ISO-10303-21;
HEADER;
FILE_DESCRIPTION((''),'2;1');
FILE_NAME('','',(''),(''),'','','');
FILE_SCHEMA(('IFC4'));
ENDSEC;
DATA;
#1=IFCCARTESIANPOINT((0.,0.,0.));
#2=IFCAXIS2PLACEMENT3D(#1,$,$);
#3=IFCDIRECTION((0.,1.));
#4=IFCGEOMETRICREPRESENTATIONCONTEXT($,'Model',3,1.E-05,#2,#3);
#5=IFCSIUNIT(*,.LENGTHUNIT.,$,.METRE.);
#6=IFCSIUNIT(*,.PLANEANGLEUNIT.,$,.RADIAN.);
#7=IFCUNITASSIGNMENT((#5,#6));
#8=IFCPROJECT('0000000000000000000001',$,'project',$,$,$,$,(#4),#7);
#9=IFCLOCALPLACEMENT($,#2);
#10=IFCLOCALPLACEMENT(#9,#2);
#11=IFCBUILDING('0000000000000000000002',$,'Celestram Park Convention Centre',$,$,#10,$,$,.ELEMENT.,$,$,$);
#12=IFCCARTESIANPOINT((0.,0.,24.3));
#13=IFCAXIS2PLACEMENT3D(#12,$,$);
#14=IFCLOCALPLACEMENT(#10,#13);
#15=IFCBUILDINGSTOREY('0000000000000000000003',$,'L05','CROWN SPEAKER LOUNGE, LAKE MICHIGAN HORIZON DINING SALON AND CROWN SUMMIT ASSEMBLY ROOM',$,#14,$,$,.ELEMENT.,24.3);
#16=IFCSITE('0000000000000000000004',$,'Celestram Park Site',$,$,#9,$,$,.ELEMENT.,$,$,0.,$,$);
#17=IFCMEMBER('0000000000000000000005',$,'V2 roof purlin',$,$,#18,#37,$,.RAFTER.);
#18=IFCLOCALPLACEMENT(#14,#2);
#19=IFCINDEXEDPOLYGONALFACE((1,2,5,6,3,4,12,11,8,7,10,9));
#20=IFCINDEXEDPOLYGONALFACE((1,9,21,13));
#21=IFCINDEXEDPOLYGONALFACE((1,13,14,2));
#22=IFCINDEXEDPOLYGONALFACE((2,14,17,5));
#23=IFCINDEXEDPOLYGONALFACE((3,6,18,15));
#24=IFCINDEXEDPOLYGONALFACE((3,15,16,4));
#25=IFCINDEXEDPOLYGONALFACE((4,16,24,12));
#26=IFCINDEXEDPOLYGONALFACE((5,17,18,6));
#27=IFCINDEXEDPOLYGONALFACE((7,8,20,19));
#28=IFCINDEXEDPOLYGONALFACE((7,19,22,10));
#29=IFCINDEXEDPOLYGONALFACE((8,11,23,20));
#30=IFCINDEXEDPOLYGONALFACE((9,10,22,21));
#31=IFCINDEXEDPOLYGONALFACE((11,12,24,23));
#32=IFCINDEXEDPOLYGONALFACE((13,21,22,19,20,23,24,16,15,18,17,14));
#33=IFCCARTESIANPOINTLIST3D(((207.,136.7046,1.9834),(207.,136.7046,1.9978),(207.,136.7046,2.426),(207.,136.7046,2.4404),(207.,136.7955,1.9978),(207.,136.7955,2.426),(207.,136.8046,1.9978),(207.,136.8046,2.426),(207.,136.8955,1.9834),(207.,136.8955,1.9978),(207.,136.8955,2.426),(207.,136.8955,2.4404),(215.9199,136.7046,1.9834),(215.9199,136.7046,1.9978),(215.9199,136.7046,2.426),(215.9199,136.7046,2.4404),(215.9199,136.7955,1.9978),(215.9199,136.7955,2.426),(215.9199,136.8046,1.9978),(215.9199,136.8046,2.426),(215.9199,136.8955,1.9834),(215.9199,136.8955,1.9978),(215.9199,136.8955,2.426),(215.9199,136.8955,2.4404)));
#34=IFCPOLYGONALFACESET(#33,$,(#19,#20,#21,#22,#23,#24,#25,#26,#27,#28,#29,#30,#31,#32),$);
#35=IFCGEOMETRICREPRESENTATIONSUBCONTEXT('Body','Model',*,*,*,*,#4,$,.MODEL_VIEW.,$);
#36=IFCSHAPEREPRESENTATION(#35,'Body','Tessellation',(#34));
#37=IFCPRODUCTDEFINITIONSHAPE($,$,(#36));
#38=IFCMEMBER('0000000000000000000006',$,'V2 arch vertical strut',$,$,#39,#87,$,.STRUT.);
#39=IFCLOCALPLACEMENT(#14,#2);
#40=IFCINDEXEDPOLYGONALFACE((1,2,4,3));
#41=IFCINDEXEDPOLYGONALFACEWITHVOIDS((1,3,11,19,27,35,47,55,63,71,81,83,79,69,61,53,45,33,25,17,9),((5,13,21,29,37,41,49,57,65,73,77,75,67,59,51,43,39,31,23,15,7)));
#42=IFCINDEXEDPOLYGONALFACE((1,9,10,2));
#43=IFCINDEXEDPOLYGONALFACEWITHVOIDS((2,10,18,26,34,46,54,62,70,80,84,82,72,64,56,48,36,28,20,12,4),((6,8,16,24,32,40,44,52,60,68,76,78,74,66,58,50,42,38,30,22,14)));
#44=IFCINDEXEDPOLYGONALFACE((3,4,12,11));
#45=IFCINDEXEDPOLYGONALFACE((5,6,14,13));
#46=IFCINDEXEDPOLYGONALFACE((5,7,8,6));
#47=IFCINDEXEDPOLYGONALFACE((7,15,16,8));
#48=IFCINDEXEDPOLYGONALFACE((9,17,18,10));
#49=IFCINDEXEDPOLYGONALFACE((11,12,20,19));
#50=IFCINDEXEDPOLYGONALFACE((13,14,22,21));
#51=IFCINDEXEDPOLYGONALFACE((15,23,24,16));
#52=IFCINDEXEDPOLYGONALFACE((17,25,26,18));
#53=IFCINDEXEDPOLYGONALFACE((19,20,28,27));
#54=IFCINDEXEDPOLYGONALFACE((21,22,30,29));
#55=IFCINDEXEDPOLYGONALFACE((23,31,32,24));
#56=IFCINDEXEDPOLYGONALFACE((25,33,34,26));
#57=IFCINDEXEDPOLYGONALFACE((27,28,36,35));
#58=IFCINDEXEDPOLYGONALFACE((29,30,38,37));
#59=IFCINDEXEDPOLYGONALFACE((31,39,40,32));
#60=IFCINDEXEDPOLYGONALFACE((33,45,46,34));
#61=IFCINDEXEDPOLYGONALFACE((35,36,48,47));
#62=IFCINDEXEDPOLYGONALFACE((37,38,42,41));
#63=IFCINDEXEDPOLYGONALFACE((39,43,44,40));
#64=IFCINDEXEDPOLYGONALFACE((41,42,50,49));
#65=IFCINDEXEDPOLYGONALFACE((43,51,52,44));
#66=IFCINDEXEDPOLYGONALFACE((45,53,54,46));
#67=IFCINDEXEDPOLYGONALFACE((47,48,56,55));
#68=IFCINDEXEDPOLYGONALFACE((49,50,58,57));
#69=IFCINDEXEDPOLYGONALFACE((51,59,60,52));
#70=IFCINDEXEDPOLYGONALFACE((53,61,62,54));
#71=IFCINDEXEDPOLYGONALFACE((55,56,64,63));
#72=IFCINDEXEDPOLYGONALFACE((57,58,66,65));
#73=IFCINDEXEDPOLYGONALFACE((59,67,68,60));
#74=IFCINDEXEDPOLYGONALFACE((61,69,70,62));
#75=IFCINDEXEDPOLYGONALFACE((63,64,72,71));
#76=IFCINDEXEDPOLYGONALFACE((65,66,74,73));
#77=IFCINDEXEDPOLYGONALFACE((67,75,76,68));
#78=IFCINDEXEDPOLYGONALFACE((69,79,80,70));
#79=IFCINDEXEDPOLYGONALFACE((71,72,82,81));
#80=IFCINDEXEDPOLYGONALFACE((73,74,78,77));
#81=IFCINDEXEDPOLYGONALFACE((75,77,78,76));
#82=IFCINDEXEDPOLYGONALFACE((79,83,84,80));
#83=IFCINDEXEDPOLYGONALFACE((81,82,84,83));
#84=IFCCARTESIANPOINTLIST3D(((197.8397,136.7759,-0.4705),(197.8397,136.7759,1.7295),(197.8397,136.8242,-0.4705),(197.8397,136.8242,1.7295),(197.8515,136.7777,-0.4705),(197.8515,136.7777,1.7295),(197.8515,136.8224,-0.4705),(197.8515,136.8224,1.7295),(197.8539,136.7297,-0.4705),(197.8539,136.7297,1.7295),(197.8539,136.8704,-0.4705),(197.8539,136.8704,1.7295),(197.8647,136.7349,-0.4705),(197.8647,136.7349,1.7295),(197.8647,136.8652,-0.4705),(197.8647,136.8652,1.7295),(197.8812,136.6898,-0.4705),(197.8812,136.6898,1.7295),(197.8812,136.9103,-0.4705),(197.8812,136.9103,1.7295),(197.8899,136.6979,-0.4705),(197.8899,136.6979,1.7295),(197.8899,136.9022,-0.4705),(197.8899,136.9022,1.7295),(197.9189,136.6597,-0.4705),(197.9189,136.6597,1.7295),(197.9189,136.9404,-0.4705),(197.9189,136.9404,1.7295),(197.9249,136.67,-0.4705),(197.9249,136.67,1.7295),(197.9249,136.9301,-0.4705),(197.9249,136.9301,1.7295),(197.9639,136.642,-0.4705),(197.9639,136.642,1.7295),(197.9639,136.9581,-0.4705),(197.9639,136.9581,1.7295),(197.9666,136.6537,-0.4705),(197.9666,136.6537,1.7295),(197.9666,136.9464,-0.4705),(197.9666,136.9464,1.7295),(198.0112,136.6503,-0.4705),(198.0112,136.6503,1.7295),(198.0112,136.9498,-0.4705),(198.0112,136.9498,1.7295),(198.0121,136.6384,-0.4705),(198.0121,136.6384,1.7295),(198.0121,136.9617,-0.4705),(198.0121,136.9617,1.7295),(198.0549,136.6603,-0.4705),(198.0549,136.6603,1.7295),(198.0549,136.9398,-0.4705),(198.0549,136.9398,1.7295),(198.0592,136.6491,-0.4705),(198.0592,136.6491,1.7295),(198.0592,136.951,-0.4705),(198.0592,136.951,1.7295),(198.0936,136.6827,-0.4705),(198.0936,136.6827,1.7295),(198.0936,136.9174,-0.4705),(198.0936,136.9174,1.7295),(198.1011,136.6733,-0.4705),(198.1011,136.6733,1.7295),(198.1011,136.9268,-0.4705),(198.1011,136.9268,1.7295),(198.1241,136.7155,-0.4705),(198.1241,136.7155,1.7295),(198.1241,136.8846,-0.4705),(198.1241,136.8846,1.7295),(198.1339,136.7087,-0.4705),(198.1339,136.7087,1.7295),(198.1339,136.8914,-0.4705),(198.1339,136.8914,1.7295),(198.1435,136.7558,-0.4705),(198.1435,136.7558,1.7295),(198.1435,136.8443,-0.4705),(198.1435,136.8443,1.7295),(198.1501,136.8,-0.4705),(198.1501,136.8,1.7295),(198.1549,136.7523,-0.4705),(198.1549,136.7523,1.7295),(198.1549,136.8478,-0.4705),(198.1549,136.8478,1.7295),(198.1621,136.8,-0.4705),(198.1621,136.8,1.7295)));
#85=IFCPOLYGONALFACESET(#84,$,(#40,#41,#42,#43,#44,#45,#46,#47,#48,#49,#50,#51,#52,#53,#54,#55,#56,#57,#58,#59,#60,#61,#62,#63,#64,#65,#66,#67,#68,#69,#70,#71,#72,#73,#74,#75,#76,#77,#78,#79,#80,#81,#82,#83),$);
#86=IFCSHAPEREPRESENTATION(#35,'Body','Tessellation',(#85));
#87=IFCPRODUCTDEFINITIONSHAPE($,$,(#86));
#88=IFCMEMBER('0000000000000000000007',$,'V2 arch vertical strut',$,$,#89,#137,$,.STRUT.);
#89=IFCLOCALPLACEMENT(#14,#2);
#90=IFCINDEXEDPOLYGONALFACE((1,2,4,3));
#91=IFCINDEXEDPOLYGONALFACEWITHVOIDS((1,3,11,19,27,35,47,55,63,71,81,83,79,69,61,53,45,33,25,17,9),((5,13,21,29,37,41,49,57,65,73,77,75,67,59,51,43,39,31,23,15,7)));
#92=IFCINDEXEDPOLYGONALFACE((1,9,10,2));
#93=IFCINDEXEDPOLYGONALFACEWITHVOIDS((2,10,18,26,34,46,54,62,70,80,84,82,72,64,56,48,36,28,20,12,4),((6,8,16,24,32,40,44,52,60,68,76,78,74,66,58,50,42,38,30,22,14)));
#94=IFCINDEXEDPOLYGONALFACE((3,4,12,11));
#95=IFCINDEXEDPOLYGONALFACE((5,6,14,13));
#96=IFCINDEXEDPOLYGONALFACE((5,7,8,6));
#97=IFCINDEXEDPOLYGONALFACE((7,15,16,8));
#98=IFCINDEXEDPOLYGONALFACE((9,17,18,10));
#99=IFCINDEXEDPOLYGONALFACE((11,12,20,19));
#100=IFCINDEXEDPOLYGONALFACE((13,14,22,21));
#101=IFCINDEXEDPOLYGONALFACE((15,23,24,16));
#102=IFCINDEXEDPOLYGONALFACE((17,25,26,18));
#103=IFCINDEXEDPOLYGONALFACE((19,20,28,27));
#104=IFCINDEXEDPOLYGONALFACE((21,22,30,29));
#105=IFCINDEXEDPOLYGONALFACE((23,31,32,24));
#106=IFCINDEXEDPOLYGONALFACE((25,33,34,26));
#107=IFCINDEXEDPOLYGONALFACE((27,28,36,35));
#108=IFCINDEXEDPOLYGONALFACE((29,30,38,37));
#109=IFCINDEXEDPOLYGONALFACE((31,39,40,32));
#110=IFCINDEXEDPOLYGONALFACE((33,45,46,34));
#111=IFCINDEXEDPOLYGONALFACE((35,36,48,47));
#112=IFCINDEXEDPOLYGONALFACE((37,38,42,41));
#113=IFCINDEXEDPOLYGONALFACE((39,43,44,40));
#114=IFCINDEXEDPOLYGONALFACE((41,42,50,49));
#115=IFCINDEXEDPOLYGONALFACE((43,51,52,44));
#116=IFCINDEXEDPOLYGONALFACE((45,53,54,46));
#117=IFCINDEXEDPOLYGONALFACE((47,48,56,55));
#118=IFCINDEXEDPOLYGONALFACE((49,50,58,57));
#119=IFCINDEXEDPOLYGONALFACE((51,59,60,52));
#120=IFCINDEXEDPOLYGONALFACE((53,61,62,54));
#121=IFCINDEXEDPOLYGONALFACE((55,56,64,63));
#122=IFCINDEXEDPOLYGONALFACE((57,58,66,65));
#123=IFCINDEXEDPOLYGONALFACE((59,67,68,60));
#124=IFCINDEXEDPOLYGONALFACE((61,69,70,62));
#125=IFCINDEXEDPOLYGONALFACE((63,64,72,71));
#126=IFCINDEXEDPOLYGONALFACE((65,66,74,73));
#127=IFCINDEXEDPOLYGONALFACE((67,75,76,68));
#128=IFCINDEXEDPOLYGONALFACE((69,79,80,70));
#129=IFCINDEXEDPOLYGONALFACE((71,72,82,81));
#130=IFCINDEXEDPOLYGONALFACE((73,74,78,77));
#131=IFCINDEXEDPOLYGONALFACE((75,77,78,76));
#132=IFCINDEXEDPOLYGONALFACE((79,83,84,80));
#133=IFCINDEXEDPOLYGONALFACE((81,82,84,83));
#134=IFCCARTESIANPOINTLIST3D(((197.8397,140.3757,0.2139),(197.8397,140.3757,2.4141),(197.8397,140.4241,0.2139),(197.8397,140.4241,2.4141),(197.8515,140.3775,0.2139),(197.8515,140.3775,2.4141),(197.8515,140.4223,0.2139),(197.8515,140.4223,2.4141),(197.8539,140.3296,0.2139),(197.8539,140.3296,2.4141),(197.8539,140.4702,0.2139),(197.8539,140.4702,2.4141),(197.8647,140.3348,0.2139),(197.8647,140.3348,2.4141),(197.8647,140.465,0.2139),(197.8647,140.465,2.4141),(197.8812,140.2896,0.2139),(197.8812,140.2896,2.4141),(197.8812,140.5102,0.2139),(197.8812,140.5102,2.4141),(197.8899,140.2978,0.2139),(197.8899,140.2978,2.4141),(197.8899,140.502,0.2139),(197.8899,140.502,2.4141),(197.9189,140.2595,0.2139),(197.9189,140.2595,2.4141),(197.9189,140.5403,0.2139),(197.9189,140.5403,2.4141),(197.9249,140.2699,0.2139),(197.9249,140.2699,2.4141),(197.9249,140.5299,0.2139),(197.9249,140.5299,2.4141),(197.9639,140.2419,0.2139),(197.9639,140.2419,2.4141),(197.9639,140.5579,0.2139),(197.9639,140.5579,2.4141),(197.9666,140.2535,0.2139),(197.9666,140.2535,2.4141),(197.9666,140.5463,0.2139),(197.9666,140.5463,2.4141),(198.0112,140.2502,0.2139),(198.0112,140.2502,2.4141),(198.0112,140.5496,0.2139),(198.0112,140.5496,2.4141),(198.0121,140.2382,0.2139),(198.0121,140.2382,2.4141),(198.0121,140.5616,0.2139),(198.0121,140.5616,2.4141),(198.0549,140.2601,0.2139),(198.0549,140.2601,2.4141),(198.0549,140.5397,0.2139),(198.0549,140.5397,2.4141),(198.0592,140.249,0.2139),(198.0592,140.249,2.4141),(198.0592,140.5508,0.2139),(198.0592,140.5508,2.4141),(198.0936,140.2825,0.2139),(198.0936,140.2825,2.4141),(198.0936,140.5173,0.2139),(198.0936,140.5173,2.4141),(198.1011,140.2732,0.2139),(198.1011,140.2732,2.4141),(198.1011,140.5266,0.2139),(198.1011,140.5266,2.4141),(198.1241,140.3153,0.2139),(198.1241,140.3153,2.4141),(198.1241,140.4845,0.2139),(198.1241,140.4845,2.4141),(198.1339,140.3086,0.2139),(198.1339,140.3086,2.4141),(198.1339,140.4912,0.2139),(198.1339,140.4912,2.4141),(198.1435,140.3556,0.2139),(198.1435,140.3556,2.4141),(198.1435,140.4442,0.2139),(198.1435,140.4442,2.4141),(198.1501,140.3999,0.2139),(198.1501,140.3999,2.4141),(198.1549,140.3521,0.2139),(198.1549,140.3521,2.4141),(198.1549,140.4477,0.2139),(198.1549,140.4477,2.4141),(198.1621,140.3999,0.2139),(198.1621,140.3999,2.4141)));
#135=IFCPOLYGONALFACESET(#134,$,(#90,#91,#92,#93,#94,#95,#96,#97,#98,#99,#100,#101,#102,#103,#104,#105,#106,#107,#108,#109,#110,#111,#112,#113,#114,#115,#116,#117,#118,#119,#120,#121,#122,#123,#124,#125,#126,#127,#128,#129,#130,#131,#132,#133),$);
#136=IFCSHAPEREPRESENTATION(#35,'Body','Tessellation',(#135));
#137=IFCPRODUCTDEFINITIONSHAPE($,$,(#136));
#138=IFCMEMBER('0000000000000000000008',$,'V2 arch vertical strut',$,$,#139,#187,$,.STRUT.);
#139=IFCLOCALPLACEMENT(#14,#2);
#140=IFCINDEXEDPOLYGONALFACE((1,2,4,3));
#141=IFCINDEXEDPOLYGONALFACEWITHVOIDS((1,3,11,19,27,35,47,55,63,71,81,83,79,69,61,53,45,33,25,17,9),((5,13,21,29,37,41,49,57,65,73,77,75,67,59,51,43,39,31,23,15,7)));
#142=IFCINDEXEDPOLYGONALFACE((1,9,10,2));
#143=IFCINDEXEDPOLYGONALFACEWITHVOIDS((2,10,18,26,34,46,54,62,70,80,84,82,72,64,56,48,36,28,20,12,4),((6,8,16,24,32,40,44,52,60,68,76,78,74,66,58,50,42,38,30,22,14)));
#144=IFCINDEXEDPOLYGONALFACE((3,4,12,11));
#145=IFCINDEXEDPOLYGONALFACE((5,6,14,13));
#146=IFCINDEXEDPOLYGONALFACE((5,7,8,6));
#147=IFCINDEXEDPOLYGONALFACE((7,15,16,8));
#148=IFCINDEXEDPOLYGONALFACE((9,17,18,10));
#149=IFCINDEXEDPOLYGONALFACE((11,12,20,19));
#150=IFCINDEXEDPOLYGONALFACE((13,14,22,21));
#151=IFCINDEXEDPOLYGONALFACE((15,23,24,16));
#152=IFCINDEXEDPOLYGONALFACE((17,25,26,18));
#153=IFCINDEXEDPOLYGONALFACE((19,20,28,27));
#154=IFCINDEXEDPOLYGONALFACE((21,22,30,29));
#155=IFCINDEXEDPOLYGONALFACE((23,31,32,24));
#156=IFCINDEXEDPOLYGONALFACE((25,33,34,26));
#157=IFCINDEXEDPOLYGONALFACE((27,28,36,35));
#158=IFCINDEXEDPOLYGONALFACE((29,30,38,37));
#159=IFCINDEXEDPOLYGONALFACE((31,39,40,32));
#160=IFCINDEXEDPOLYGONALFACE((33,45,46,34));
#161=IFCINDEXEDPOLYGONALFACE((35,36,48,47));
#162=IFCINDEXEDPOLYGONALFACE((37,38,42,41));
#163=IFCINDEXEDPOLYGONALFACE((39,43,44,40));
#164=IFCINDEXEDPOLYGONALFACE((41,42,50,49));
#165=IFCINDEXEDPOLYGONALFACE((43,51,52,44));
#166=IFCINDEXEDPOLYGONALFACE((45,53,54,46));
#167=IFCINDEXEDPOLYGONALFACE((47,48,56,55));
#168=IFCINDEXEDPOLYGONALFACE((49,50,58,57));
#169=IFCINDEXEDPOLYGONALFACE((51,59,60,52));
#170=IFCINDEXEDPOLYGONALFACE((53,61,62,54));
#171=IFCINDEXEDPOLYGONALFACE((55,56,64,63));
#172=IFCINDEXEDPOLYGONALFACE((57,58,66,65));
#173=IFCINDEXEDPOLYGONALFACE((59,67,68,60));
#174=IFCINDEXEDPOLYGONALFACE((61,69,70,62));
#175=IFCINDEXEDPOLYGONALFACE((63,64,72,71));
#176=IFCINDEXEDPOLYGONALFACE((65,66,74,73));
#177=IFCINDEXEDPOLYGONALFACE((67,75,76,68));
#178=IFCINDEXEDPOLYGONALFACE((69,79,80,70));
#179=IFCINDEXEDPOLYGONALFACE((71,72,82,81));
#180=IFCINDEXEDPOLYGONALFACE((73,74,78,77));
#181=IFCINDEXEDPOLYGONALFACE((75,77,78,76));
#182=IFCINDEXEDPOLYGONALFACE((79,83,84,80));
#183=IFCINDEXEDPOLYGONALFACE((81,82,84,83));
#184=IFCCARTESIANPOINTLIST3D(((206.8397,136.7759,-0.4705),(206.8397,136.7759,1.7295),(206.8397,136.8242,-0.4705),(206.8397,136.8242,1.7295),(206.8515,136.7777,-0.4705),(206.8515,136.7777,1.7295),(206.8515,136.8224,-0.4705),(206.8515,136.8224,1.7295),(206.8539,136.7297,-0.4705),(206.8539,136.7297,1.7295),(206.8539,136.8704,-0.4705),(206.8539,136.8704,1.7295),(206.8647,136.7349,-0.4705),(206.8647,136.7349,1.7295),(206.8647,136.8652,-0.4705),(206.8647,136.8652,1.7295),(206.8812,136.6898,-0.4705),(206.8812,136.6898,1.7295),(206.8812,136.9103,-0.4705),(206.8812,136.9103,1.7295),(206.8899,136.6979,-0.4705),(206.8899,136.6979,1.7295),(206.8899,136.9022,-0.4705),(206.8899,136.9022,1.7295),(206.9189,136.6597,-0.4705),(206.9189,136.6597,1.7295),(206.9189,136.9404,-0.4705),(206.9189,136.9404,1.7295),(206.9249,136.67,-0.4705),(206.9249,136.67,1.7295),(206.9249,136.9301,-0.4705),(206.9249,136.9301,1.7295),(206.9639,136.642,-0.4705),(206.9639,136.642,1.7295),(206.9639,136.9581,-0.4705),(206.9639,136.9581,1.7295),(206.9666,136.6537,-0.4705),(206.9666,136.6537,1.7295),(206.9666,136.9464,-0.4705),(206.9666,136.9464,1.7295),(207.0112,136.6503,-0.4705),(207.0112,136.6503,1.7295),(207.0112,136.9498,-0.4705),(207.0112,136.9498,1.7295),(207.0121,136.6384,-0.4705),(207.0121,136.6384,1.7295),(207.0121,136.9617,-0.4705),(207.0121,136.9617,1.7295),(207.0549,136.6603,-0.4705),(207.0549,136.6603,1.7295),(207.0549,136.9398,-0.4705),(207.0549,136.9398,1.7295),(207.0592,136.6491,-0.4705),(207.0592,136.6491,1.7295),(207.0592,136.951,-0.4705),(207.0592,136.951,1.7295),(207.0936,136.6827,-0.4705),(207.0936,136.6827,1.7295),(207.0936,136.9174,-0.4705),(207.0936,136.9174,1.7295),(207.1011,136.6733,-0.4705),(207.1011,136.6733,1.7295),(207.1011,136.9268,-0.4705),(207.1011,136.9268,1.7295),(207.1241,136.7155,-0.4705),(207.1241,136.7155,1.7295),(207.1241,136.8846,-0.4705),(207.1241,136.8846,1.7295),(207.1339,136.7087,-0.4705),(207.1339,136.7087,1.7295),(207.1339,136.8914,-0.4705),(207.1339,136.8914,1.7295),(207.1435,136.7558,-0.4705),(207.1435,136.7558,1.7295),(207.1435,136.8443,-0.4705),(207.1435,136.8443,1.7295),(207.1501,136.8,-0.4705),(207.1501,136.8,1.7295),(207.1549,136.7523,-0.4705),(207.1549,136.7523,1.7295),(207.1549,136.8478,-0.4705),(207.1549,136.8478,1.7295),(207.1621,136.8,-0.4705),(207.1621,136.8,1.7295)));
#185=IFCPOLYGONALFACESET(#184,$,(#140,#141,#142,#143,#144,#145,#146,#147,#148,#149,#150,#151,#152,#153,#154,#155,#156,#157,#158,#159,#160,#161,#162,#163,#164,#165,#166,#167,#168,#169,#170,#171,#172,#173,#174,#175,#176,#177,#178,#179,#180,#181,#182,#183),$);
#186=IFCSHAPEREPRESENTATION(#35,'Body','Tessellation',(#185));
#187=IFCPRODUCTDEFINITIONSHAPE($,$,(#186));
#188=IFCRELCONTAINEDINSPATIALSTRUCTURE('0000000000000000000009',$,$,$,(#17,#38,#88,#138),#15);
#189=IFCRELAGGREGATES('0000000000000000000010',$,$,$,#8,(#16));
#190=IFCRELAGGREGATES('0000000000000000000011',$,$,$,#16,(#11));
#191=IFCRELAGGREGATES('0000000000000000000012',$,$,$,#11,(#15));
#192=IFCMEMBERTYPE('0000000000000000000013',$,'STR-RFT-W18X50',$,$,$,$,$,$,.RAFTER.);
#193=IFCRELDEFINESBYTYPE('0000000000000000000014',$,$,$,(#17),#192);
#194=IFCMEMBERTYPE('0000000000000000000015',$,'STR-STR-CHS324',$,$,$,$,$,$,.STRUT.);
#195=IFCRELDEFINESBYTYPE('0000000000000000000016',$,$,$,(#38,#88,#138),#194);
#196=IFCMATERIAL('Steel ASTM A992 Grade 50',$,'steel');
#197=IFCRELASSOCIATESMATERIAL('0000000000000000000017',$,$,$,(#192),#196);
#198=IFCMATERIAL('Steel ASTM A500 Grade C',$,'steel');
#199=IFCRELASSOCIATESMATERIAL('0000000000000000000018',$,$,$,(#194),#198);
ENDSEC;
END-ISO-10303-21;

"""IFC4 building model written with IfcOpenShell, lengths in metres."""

from ifc_helpers import new_model, si_unit, direction, frame, origin, origin_2d, place, context, subcontext, project, spatial, hollow_circle, i_section, extrude, material, material_profile, profile_set, type_object, element, save


model = new_model("IFC4")

# Units and contexts
model_context = context("Model", 3, precision=1e-05, world=origin(), true_north=direction((0.0, 1.0)))
body_context = subcontext(model_context, "Body", "Model", "MODEL_VIEW")
ifc_project = project(units=[si_unit("LENGTHUNIT", "METRE"), si_unit("PLANEANGLEUNIT", "RADIAN")], contexts=[model_context])

# Site, building, storey
site_placement = place(None, origin())
site = spatial("IfcSite", under=ifc_project, at=site_placement, Name="Celestram Park Site", CompositionType="ELEMENT", RefElevation=0.0)
building_placement = place(site_placement, origin())
building = spatial("IfcBuilding", under=site, at=building_placement, Name="Celestram Park Convention Centre", CompositionType="ELEMENT")
storey_placement = place(building_placement, frame((0.0, 0.0, 24.3)))
storey = spatial("IfcBuildingStorey", under=building, at=storey_placement, Name="L05", Description="CROWN SPEAKER LOUNGE, LAKE MICHIGAN HORIZON DINING SALON AND CROWN SUMMIT ASSEMBLY ROOM", CompositionType="ELEMENT", Elevation=24.3)

# Members
ifc_material_1 = material(Name="Steel ASTM A500 Grade C", Category="steel")
ifc_material_2 = material(Name="Steel ASTM A992 Grade 50", Category="steel")
ifc_material_profile_1 = material_profile(ifc_material_2, i_section(OverallWidth=0.1909, OverallDepth=0.457, WebThickness=0.009, FlangeThickness=0.0144, at=origin_2d()), Name="W18X50")
ifc_profile_set_1 = profile_set([ifc_material_profile_1], Name="Steel ASTM A992 Grade 50")
member_type_1 = type_object("IfcMemberType", Name="STR-RFT-W18X50", PredefinedType="RAFTER", material=ifc_profile_set_1)
for number, where, z_axis, x_axis, name in (
    (1, (207.0, 136.8, 2.2119), (1.0, 0.0, 0.0), (0.0, 1.0, 0.0), "V2 roof purlin"),
):
    element("IfcMember", number, at=place(storey_placement, frame(where, z_axis=z_axis, x_axis=x_axis)), inside=storey, type_object=member_type_1, Name=name, PredefinedType="RAFTER", context=body_context, shape_type="SweptSolid", body=[
        extrude(i_section(OverallWidth=0.1909, OverallDepth=0.457, WebThickness=0.009, FlangeThickness=0.0144, at=origin_2d()), origin(), (0.0, 0.0, 1.0), 8.9199),
    ])
ifc_material_profile_2 = material_profile(ifc_material_1, hollow_circle(Radius=0.1621, WallThickness=0.012, at=origin_2d()), Name="CHS324X12")
ifc_profile_set_2 = profile_set([ifc_material_profile_2], Name="Steel ASTM A500 Grade C")
member_type_2 = type_object("IfcMemberType", Name="STR-STR-CHS324", PredefinedType="STRUT", material=ifc_profile_set_2)
member_1_placement = place(storey_placement, frame((198.0, 136.8, -0.4705), z_axis=(0.0, 0.0, 1.0), x_axis=(1.0, 0.0, 0.0)))
element("IfcMember", 2, at=member_1_placement, inside=storey, type_object=member_type_2, Name="V2 arch vertical strut", PredefinedType="STRUT", context=body_context, shape_type="SweptSolid", body=[
    extrude(hollow_circle(Radius=0.1621, WallThickness=0.012, at=origin_2d()), origin(), (0.0, 0.0, 1.0), 2.2),
])
member_2_placement = place(storey_placement, frame((198.0, 140.3999, 0.2139), z_axis=(0.0, 0.0, 1.0), x_axis=(1.0, 0.0, 0.0)))
element("IfcMember", 3, at=member_2_placement, inside=storey, type_object=member_type_2, Name="V2 arch vertical strut", PredefinedType="STRUT", context=body_context, shape_type="SweptSolid", body=[
    extrude(hollow_circle(Radius=0.1621, WallThickness=0.012, at=origin_2d()), origin(), (0.0, 0.0, 1.0), 2.2002),
])
for number, where, z_axis, x_axis, name in (
    (4, (207.0, 136.8, -0.4705), (0.0, 0.0, 1.0), (1.0, 0.0, 0.0), "V2 arch vertical strut"),
):
    element("IfcMember", number, at=place(storey_placement, frame(where, z_axis=z_axis, x_axis=x_axis)), inside=storey, type_object=member_type_2, Name=name, PredefinedType="STRUT", context=body_context, shape_type="SweptSolid", body=[
        extrude(hollow_circle(Radius=0.1621, WallThickness=0.012, at=origin_2d()), origin(), (0.0, 0.0, 1.0), 2.2),
    ])

save(model, "model.ifc")
